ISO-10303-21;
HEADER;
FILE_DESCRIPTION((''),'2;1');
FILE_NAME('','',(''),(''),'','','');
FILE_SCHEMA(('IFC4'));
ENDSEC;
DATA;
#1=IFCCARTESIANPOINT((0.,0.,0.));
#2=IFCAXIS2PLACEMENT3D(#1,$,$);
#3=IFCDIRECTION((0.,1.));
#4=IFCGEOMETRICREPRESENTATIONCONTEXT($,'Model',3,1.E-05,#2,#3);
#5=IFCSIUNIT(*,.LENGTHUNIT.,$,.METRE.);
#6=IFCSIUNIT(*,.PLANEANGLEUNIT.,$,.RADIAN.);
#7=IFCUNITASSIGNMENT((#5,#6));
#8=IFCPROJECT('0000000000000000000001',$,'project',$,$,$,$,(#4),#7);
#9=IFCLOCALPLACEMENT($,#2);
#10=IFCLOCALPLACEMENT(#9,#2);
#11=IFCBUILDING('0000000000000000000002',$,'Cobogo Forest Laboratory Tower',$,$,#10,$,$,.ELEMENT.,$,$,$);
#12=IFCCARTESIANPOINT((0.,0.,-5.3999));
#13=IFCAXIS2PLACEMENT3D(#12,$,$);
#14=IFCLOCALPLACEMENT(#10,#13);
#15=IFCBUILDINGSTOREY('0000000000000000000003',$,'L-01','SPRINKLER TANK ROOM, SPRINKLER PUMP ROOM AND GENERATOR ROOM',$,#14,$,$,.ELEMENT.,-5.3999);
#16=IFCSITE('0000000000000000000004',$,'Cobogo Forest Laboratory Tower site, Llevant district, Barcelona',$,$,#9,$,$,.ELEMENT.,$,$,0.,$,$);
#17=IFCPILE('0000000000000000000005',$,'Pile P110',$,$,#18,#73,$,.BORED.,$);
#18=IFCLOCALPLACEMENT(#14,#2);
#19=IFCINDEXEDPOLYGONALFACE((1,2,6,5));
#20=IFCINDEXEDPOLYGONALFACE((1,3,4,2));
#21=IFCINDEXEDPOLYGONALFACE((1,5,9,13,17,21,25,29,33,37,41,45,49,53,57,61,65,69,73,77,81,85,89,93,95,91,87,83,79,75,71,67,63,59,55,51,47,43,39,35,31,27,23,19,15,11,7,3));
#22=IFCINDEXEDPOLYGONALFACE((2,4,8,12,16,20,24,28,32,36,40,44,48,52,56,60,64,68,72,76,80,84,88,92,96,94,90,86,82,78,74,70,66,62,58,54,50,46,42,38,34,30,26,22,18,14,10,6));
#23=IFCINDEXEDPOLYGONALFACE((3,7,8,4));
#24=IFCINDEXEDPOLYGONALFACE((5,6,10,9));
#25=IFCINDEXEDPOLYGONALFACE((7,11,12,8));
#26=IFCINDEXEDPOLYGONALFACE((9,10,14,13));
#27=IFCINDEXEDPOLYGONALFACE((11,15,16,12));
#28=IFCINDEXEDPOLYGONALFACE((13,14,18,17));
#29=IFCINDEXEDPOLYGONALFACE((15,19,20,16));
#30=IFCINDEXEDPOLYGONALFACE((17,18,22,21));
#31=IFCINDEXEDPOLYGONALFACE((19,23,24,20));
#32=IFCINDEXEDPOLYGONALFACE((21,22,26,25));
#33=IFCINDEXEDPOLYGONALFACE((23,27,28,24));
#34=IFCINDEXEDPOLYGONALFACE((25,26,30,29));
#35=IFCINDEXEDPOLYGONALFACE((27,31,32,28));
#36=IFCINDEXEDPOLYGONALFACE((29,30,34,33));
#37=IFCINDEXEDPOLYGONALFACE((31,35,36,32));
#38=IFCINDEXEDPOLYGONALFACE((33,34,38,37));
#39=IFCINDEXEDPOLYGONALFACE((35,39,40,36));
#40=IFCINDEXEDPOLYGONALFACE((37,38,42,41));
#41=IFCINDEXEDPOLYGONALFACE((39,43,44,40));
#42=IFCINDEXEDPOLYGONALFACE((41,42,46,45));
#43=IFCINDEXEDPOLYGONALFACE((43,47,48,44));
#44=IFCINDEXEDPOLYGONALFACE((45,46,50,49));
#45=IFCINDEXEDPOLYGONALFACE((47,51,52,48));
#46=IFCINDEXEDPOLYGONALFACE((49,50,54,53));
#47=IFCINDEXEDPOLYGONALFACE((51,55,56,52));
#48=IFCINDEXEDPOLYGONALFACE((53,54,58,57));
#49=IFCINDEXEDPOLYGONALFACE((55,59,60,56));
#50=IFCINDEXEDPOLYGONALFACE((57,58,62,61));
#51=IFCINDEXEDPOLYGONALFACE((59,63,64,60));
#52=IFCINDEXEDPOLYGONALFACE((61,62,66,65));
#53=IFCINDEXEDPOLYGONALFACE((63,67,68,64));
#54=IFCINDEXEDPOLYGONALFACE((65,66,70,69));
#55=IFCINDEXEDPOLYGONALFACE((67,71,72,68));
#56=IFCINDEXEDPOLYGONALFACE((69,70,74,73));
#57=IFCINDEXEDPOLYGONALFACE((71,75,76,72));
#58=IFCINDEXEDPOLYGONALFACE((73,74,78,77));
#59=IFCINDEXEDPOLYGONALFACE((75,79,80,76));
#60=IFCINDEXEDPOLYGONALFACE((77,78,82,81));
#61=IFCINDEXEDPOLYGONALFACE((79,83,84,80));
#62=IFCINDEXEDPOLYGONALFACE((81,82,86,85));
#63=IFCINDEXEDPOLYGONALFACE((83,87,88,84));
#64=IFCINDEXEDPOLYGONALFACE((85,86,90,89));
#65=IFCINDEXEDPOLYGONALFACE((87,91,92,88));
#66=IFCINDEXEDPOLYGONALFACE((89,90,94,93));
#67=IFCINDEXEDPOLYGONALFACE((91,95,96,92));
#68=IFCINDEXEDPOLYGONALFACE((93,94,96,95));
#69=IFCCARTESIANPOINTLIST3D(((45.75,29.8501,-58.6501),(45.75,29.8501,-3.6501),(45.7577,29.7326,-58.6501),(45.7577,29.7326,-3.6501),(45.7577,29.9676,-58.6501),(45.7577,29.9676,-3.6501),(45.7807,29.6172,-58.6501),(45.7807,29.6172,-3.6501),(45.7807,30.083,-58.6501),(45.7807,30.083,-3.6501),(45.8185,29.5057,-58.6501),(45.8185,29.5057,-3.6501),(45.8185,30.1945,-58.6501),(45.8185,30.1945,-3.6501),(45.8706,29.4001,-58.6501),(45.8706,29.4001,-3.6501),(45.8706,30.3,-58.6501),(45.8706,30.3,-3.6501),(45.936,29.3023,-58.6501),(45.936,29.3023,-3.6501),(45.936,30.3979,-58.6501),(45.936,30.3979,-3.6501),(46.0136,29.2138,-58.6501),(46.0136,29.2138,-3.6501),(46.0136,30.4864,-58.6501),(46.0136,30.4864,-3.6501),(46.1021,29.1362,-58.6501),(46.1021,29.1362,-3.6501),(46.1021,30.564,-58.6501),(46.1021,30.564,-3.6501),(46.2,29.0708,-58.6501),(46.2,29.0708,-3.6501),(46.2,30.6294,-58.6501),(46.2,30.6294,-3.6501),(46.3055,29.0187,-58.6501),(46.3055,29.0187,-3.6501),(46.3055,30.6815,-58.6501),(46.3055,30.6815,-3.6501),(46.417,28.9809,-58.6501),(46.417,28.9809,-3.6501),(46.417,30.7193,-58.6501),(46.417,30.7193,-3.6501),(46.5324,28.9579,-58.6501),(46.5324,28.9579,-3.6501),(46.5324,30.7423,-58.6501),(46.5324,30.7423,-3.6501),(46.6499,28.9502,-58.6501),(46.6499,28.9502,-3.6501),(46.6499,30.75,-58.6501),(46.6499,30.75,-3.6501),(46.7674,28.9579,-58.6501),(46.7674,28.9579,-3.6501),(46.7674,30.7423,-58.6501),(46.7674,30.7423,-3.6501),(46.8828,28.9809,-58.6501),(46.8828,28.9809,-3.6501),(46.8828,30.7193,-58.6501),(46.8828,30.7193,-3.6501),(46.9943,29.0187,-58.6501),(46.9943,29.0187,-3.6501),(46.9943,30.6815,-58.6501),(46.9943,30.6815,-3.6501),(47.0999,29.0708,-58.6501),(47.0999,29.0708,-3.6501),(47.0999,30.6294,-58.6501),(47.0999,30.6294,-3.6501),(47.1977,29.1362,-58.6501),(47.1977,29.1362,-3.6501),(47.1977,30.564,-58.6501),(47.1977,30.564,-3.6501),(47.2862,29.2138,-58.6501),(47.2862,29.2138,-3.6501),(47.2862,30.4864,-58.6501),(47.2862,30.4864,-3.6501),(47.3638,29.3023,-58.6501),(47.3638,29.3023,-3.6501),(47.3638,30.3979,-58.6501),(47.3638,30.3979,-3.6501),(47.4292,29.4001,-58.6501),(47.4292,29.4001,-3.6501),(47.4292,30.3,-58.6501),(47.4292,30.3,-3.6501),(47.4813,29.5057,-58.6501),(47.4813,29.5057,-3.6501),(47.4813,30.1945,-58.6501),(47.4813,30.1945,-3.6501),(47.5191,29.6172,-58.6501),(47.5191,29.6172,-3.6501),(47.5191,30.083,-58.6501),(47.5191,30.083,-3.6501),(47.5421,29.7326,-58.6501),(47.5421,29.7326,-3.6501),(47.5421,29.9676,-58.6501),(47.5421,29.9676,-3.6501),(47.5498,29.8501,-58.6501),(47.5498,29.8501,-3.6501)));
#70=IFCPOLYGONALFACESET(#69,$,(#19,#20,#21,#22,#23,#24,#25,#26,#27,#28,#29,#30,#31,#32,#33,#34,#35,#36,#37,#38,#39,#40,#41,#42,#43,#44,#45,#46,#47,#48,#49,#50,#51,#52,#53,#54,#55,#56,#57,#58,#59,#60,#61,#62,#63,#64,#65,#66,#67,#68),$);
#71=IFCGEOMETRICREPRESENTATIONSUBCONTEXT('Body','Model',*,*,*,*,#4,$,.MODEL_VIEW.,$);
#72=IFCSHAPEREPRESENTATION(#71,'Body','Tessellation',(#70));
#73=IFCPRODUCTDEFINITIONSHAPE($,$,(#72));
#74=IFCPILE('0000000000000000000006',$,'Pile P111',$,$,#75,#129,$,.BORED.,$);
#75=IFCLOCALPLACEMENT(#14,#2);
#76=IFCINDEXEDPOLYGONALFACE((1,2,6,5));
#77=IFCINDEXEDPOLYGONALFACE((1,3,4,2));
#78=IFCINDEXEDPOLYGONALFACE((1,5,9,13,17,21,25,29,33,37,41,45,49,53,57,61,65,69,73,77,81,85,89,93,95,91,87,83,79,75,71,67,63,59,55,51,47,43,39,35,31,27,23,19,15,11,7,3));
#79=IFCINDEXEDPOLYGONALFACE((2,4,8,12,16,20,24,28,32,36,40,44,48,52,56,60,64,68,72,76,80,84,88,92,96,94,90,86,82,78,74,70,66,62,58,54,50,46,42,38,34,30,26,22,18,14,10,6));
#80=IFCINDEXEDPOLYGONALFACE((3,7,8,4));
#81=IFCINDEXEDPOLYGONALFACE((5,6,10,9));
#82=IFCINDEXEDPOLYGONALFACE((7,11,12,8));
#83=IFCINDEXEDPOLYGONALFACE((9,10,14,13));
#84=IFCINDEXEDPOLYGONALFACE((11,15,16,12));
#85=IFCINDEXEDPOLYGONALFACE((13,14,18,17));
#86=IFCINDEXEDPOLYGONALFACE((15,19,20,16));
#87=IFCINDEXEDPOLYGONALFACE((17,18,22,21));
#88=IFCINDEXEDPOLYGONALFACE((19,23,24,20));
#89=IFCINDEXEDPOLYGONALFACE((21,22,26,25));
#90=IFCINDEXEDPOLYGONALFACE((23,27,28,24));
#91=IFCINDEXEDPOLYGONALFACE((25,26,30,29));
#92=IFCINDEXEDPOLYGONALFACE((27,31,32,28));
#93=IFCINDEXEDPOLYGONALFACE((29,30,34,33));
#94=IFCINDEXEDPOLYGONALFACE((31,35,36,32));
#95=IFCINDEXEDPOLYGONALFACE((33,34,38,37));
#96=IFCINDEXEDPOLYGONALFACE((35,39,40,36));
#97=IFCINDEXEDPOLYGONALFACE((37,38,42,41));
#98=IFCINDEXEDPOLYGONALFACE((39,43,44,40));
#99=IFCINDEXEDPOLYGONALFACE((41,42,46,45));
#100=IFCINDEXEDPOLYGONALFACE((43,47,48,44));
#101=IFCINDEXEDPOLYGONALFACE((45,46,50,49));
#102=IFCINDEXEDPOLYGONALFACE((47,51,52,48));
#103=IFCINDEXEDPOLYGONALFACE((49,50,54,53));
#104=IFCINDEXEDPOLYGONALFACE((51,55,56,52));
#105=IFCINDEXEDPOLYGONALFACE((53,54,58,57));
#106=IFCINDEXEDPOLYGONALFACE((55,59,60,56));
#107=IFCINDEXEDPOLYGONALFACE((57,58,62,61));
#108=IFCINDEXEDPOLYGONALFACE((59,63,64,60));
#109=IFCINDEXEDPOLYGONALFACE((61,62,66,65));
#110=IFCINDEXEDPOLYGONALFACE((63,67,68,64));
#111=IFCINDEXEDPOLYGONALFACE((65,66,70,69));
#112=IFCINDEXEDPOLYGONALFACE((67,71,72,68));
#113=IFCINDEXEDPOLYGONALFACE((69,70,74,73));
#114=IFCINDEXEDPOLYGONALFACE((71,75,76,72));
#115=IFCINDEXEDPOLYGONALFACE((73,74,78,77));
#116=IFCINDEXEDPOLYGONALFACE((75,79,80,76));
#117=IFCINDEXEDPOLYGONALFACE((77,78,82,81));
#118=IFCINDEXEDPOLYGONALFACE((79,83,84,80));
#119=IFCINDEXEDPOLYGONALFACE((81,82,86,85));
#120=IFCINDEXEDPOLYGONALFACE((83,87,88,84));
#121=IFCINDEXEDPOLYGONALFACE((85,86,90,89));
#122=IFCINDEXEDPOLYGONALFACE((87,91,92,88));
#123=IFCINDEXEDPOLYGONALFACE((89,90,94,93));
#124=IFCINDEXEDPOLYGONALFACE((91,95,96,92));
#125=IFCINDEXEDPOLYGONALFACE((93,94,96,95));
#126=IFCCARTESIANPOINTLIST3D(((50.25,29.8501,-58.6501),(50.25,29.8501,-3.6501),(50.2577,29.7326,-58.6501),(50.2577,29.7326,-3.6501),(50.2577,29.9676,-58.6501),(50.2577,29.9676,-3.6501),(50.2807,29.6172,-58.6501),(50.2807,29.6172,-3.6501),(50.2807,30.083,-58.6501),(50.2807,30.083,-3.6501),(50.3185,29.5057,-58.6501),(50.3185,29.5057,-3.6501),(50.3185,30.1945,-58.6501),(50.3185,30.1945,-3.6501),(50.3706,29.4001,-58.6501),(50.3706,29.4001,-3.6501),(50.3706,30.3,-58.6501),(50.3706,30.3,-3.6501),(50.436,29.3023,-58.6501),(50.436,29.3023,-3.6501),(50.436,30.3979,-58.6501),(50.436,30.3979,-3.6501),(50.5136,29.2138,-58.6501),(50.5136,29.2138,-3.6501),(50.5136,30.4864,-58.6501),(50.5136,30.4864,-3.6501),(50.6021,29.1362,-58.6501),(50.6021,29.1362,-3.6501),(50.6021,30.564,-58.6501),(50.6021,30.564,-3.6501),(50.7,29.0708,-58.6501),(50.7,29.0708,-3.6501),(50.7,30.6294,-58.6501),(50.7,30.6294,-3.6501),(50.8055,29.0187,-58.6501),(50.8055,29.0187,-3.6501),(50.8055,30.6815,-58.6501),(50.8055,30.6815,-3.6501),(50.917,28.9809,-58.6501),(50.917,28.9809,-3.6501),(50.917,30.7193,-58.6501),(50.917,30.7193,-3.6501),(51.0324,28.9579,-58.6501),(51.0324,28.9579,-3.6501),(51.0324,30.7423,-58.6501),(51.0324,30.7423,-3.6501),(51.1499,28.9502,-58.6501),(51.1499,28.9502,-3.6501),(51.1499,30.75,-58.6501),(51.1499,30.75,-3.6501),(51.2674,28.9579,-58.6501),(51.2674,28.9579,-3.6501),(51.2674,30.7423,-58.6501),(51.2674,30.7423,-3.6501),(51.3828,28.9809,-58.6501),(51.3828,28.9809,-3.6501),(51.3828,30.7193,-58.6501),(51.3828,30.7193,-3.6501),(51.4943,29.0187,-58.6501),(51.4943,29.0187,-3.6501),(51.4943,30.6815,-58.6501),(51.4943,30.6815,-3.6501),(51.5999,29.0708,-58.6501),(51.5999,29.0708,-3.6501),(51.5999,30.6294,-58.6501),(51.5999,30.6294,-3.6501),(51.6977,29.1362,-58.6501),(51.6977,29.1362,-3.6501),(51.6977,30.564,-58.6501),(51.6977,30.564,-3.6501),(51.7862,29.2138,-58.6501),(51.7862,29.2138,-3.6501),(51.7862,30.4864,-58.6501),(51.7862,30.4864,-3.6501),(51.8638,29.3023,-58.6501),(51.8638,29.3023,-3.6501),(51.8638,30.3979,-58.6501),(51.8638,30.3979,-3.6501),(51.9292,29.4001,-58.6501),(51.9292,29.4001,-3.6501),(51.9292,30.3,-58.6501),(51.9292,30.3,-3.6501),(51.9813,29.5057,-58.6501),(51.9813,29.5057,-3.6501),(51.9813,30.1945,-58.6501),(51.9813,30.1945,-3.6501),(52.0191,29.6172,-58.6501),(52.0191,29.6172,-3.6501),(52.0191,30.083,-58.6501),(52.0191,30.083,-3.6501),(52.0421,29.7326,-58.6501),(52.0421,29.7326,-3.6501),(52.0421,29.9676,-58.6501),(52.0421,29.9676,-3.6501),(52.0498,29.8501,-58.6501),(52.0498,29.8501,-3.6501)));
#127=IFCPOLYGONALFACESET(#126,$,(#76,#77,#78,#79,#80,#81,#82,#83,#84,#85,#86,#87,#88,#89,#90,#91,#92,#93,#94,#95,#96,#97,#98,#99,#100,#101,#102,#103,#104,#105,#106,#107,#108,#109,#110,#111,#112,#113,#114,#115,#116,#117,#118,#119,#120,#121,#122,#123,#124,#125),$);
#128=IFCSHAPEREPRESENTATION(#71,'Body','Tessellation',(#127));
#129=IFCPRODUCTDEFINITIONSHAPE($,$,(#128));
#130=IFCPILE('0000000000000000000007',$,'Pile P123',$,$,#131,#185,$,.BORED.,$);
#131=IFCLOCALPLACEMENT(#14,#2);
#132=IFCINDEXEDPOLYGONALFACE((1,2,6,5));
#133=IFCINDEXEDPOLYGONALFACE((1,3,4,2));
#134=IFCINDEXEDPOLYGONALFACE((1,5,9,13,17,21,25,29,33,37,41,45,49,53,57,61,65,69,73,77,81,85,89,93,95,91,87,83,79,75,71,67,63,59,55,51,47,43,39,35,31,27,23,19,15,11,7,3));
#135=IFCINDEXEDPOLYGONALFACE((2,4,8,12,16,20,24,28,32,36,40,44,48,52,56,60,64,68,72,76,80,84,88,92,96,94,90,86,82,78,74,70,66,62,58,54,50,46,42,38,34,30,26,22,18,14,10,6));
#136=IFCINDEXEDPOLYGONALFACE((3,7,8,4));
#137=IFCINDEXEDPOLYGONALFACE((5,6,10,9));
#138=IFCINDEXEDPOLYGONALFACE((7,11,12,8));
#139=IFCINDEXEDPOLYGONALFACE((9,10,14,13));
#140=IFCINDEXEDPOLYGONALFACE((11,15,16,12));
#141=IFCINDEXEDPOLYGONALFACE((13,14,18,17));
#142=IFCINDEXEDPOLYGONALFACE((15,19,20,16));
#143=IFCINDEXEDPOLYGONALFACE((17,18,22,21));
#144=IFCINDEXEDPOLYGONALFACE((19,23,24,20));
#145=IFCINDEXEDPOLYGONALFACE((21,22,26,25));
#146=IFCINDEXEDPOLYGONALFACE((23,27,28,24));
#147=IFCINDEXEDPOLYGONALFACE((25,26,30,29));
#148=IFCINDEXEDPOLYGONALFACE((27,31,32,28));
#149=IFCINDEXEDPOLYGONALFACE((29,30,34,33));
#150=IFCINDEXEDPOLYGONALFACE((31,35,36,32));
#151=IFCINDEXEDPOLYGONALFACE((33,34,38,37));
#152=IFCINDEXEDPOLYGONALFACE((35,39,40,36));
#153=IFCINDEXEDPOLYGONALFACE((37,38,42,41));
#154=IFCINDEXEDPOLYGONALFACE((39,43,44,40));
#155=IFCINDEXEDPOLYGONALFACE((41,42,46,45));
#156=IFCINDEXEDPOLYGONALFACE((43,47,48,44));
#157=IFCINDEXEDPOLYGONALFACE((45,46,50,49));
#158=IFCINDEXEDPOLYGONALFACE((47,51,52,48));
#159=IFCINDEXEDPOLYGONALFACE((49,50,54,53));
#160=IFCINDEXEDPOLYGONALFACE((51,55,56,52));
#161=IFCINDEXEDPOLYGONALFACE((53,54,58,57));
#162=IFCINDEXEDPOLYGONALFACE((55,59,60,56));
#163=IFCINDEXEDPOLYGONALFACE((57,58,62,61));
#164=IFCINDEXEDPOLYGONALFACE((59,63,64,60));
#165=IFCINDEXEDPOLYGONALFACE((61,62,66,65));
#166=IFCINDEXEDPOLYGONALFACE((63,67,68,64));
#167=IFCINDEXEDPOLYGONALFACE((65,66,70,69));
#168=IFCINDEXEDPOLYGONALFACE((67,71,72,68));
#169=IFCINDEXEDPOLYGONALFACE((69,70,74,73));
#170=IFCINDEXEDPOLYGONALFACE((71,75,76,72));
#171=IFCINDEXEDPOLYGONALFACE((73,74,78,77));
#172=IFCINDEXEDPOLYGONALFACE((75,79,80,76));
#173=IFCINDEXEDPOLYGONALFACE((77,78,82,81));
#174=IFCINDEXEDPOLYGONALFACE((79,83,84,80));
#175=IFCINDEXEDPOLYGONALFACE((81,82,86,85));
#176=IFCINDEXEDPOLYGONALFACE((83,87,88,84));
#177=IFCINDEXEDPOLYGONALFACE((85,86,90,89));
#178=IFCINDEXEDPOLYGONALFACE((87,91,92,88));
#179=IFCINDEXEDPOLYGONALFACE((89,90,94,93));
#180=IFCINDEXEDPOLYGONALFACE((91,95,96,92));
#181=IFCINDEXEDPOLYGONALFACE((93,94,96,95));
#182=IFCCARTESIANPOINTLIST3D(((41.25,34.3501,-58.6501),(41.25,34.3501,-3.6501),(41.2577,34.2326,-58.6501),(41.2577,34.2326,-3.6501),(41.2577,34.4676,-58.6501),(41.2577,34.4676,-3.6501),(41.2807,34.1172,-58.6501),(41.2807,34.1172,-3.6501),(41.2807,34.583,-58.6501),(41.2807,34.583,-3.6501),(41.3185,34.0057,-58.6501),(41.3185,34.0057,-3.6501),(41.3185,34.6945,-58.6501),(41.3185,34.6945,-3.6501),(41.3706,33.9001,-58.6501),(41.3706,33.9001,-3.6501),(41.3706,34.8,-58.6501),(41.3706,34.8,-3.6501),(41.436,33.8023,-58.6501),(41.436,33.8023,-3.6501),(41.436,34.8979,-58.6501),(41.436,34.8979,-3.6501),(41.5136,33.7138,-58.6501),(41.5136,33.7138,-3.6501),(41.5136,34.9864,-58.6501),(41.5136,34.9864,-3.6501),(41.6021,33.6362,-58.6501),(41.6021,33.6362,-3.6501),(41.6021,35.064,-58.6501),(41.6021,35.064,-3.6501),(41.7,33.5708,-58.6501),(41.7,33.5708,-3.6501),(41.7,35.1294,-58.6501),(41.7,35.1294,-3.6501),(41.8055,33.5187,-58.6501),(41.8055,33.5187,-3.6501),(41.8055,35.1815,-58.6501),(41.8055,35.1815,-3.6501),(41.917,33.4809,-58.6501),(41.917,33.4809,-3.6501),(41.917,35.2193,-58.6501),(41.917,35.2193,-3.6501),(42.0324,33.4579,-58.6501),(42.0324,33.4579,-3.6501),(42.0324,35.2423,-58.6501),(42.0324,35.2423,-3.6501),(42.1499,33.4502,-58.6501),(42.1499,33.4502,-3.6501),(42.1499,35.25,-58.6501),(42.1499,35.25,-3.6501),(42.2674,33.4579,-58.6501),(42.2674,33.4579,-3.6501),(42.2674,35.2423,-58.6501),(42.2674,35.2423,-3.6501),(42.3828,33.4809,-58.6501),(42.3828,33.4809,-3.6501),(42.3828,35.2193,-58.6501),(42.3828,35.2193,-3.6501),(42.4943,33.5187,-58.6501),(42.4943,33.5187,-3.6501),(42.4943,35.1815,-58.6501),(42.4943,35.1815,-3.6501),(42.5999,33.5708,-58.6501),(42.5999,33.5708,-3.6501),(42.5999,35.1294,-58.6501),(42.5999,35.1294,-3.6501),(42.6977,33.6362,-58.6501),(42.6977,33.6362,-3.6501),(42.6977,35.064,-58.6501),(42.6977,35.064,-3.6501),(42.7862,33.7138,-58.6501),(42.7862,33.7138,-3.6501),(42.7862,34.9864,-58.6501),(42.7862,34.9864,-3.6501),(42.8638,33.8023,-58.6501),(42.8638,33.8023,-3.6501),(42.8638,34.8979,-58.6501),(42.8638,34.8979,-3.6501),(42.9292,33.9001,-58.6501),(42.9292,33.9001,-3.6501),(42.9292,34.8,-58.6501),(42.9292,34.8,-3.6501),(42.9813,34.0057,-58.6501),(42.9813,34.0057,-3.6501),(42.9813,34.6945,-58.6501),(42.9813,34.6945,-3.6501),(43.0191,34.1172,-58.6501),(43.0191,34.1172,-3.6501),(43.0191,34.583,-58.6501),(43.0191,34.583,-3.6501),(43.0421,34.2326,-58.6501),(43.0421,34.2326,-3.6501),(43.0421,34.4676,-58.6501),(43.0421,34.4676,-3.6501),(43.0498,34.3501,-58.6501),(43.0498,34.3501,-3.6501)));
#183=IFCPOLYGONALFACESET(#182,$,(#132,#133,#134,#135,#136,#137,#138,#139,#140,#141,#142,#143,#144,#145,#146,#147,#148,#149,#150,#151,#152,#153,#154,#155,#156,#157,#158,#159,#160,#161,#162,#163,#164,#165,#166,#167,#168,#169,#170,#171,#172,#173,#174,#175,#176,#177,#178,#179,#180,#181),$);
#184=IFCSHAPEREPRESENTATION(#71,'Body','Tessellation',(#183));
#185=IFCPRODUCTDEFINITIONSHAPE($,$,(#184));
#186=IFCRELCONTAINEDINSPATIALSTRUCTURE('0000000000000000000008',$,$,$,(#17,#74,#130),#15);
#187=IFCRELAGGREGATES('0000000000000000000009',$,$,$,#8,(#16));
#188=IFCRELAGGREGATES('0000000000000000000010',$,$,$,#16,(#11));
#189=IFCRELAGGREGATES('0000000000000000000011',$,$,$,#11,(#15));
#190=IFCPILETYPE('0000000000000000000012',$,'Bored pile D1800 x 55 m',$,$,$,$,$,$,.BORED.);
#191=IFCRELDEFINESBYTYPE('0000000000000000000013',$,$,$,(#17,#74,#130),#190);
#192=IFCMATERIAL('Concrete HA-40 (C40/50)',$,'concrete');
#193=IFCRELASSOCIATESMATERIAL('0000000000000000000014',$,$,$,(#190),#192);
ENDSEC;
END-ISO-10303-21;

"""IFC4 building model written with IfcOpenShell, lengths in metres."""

from ifc_helpers import new_model, si_unit, direction, frame, origin, origin_2d, place, context, subcontext, project, spatial, circle, extrude, material, material_profile, profile_set, type_object, element, save


model = new_model("IFC4")

# Units and contexts
model_context = context("Model", 3, precision=1e-05, world=origin(), true_north=direction((0.0, 1.0)))
body_context = subcontext(model_context, "Body", "Model", "MODEL_VIEW")
ifc_project = project(units=[si_unit("LENGTHUNIT", "METRE"), si_unit("PLANEANGLEUNIT", "RADIAN")], contexts=[model_context])

# Site, building, storey
site_placement = place(None, origin())
site = spatial("IfcSite", under=ifc_project, at=site_placement, Name="Cobogo Forest Laboratory Tower site, Llevant district, Barcelona", CompositionType="ELEMENT", RefElevation=0.0)
building_placement = place(site_placement, origin())
building = spatial("IfcBuilding", under=site, at=building_placement, Name="Cobogo Forest Laboratory Tower", CompositionType="ELEMENT")
storey_placement = place(building_placement, frame((0.0, 0.0, -5.3999)))
storey = spatial("IfcBuildingStorey", under=building, at=storey_placement, Name="L-01", Description="SPRINKLER TANK ROOM, SPRINKLER PUMP ROOM AND GENERATOR ROOM", CompositionType="ELEMENT", Elevation=-5.3999)

# Piles
ifc_material_1 = material(Name="Concrete HA-40 (C40/50)", Category="concrete")
ifc_material_profile_1 = material_profile(ifc_material_1, circle(Radius=0.8999, at=origin_2d()), Name="PILE D1800")
ifc_profile_set_1 = profile_set([ifc_material_profile_1], Name="Concrete HA-40 (C40/50)")
pile_type_1 = type_object("IfcPileType", Name="Bored pile D1800 x 55 m", PredefinedType="BORED", material=ifc_profile_set_1)
for number, where, z_axis, x_axis, name in (
    (1, (46.6499, 29.8501, -3.6501), (0.0, 0.0, -1.0), (1.0, 0.0, 0.0), "Pile P110"),
    (2, (51.1499, 29.8501, -3.6501), (0.0, 0.0, -1.0), (1.0, 0.0, 0.0), "Pile P111"),
    (3, (42.1499, 34.3501, -3.6501), (0.0, 0.0, -1.0), (1.0, 0.0, 0.0), "Pile P123"),
):
    element("IfcPile", number, at=place(storey_placement, frame(where, z_axis=z_axis, x_axis=x_axis)), inside=storey, type_object=pile_type_1, Name=name, PredefinedType="BORED", context=body_context, shape_type="SweptSolid", body=[
        extrude(circle(Radius=0.8999, at=origin_2d()), origin(), (0.0, 0.0, 1.0), 55.0),
    ])

save(model, "model.ifc")
